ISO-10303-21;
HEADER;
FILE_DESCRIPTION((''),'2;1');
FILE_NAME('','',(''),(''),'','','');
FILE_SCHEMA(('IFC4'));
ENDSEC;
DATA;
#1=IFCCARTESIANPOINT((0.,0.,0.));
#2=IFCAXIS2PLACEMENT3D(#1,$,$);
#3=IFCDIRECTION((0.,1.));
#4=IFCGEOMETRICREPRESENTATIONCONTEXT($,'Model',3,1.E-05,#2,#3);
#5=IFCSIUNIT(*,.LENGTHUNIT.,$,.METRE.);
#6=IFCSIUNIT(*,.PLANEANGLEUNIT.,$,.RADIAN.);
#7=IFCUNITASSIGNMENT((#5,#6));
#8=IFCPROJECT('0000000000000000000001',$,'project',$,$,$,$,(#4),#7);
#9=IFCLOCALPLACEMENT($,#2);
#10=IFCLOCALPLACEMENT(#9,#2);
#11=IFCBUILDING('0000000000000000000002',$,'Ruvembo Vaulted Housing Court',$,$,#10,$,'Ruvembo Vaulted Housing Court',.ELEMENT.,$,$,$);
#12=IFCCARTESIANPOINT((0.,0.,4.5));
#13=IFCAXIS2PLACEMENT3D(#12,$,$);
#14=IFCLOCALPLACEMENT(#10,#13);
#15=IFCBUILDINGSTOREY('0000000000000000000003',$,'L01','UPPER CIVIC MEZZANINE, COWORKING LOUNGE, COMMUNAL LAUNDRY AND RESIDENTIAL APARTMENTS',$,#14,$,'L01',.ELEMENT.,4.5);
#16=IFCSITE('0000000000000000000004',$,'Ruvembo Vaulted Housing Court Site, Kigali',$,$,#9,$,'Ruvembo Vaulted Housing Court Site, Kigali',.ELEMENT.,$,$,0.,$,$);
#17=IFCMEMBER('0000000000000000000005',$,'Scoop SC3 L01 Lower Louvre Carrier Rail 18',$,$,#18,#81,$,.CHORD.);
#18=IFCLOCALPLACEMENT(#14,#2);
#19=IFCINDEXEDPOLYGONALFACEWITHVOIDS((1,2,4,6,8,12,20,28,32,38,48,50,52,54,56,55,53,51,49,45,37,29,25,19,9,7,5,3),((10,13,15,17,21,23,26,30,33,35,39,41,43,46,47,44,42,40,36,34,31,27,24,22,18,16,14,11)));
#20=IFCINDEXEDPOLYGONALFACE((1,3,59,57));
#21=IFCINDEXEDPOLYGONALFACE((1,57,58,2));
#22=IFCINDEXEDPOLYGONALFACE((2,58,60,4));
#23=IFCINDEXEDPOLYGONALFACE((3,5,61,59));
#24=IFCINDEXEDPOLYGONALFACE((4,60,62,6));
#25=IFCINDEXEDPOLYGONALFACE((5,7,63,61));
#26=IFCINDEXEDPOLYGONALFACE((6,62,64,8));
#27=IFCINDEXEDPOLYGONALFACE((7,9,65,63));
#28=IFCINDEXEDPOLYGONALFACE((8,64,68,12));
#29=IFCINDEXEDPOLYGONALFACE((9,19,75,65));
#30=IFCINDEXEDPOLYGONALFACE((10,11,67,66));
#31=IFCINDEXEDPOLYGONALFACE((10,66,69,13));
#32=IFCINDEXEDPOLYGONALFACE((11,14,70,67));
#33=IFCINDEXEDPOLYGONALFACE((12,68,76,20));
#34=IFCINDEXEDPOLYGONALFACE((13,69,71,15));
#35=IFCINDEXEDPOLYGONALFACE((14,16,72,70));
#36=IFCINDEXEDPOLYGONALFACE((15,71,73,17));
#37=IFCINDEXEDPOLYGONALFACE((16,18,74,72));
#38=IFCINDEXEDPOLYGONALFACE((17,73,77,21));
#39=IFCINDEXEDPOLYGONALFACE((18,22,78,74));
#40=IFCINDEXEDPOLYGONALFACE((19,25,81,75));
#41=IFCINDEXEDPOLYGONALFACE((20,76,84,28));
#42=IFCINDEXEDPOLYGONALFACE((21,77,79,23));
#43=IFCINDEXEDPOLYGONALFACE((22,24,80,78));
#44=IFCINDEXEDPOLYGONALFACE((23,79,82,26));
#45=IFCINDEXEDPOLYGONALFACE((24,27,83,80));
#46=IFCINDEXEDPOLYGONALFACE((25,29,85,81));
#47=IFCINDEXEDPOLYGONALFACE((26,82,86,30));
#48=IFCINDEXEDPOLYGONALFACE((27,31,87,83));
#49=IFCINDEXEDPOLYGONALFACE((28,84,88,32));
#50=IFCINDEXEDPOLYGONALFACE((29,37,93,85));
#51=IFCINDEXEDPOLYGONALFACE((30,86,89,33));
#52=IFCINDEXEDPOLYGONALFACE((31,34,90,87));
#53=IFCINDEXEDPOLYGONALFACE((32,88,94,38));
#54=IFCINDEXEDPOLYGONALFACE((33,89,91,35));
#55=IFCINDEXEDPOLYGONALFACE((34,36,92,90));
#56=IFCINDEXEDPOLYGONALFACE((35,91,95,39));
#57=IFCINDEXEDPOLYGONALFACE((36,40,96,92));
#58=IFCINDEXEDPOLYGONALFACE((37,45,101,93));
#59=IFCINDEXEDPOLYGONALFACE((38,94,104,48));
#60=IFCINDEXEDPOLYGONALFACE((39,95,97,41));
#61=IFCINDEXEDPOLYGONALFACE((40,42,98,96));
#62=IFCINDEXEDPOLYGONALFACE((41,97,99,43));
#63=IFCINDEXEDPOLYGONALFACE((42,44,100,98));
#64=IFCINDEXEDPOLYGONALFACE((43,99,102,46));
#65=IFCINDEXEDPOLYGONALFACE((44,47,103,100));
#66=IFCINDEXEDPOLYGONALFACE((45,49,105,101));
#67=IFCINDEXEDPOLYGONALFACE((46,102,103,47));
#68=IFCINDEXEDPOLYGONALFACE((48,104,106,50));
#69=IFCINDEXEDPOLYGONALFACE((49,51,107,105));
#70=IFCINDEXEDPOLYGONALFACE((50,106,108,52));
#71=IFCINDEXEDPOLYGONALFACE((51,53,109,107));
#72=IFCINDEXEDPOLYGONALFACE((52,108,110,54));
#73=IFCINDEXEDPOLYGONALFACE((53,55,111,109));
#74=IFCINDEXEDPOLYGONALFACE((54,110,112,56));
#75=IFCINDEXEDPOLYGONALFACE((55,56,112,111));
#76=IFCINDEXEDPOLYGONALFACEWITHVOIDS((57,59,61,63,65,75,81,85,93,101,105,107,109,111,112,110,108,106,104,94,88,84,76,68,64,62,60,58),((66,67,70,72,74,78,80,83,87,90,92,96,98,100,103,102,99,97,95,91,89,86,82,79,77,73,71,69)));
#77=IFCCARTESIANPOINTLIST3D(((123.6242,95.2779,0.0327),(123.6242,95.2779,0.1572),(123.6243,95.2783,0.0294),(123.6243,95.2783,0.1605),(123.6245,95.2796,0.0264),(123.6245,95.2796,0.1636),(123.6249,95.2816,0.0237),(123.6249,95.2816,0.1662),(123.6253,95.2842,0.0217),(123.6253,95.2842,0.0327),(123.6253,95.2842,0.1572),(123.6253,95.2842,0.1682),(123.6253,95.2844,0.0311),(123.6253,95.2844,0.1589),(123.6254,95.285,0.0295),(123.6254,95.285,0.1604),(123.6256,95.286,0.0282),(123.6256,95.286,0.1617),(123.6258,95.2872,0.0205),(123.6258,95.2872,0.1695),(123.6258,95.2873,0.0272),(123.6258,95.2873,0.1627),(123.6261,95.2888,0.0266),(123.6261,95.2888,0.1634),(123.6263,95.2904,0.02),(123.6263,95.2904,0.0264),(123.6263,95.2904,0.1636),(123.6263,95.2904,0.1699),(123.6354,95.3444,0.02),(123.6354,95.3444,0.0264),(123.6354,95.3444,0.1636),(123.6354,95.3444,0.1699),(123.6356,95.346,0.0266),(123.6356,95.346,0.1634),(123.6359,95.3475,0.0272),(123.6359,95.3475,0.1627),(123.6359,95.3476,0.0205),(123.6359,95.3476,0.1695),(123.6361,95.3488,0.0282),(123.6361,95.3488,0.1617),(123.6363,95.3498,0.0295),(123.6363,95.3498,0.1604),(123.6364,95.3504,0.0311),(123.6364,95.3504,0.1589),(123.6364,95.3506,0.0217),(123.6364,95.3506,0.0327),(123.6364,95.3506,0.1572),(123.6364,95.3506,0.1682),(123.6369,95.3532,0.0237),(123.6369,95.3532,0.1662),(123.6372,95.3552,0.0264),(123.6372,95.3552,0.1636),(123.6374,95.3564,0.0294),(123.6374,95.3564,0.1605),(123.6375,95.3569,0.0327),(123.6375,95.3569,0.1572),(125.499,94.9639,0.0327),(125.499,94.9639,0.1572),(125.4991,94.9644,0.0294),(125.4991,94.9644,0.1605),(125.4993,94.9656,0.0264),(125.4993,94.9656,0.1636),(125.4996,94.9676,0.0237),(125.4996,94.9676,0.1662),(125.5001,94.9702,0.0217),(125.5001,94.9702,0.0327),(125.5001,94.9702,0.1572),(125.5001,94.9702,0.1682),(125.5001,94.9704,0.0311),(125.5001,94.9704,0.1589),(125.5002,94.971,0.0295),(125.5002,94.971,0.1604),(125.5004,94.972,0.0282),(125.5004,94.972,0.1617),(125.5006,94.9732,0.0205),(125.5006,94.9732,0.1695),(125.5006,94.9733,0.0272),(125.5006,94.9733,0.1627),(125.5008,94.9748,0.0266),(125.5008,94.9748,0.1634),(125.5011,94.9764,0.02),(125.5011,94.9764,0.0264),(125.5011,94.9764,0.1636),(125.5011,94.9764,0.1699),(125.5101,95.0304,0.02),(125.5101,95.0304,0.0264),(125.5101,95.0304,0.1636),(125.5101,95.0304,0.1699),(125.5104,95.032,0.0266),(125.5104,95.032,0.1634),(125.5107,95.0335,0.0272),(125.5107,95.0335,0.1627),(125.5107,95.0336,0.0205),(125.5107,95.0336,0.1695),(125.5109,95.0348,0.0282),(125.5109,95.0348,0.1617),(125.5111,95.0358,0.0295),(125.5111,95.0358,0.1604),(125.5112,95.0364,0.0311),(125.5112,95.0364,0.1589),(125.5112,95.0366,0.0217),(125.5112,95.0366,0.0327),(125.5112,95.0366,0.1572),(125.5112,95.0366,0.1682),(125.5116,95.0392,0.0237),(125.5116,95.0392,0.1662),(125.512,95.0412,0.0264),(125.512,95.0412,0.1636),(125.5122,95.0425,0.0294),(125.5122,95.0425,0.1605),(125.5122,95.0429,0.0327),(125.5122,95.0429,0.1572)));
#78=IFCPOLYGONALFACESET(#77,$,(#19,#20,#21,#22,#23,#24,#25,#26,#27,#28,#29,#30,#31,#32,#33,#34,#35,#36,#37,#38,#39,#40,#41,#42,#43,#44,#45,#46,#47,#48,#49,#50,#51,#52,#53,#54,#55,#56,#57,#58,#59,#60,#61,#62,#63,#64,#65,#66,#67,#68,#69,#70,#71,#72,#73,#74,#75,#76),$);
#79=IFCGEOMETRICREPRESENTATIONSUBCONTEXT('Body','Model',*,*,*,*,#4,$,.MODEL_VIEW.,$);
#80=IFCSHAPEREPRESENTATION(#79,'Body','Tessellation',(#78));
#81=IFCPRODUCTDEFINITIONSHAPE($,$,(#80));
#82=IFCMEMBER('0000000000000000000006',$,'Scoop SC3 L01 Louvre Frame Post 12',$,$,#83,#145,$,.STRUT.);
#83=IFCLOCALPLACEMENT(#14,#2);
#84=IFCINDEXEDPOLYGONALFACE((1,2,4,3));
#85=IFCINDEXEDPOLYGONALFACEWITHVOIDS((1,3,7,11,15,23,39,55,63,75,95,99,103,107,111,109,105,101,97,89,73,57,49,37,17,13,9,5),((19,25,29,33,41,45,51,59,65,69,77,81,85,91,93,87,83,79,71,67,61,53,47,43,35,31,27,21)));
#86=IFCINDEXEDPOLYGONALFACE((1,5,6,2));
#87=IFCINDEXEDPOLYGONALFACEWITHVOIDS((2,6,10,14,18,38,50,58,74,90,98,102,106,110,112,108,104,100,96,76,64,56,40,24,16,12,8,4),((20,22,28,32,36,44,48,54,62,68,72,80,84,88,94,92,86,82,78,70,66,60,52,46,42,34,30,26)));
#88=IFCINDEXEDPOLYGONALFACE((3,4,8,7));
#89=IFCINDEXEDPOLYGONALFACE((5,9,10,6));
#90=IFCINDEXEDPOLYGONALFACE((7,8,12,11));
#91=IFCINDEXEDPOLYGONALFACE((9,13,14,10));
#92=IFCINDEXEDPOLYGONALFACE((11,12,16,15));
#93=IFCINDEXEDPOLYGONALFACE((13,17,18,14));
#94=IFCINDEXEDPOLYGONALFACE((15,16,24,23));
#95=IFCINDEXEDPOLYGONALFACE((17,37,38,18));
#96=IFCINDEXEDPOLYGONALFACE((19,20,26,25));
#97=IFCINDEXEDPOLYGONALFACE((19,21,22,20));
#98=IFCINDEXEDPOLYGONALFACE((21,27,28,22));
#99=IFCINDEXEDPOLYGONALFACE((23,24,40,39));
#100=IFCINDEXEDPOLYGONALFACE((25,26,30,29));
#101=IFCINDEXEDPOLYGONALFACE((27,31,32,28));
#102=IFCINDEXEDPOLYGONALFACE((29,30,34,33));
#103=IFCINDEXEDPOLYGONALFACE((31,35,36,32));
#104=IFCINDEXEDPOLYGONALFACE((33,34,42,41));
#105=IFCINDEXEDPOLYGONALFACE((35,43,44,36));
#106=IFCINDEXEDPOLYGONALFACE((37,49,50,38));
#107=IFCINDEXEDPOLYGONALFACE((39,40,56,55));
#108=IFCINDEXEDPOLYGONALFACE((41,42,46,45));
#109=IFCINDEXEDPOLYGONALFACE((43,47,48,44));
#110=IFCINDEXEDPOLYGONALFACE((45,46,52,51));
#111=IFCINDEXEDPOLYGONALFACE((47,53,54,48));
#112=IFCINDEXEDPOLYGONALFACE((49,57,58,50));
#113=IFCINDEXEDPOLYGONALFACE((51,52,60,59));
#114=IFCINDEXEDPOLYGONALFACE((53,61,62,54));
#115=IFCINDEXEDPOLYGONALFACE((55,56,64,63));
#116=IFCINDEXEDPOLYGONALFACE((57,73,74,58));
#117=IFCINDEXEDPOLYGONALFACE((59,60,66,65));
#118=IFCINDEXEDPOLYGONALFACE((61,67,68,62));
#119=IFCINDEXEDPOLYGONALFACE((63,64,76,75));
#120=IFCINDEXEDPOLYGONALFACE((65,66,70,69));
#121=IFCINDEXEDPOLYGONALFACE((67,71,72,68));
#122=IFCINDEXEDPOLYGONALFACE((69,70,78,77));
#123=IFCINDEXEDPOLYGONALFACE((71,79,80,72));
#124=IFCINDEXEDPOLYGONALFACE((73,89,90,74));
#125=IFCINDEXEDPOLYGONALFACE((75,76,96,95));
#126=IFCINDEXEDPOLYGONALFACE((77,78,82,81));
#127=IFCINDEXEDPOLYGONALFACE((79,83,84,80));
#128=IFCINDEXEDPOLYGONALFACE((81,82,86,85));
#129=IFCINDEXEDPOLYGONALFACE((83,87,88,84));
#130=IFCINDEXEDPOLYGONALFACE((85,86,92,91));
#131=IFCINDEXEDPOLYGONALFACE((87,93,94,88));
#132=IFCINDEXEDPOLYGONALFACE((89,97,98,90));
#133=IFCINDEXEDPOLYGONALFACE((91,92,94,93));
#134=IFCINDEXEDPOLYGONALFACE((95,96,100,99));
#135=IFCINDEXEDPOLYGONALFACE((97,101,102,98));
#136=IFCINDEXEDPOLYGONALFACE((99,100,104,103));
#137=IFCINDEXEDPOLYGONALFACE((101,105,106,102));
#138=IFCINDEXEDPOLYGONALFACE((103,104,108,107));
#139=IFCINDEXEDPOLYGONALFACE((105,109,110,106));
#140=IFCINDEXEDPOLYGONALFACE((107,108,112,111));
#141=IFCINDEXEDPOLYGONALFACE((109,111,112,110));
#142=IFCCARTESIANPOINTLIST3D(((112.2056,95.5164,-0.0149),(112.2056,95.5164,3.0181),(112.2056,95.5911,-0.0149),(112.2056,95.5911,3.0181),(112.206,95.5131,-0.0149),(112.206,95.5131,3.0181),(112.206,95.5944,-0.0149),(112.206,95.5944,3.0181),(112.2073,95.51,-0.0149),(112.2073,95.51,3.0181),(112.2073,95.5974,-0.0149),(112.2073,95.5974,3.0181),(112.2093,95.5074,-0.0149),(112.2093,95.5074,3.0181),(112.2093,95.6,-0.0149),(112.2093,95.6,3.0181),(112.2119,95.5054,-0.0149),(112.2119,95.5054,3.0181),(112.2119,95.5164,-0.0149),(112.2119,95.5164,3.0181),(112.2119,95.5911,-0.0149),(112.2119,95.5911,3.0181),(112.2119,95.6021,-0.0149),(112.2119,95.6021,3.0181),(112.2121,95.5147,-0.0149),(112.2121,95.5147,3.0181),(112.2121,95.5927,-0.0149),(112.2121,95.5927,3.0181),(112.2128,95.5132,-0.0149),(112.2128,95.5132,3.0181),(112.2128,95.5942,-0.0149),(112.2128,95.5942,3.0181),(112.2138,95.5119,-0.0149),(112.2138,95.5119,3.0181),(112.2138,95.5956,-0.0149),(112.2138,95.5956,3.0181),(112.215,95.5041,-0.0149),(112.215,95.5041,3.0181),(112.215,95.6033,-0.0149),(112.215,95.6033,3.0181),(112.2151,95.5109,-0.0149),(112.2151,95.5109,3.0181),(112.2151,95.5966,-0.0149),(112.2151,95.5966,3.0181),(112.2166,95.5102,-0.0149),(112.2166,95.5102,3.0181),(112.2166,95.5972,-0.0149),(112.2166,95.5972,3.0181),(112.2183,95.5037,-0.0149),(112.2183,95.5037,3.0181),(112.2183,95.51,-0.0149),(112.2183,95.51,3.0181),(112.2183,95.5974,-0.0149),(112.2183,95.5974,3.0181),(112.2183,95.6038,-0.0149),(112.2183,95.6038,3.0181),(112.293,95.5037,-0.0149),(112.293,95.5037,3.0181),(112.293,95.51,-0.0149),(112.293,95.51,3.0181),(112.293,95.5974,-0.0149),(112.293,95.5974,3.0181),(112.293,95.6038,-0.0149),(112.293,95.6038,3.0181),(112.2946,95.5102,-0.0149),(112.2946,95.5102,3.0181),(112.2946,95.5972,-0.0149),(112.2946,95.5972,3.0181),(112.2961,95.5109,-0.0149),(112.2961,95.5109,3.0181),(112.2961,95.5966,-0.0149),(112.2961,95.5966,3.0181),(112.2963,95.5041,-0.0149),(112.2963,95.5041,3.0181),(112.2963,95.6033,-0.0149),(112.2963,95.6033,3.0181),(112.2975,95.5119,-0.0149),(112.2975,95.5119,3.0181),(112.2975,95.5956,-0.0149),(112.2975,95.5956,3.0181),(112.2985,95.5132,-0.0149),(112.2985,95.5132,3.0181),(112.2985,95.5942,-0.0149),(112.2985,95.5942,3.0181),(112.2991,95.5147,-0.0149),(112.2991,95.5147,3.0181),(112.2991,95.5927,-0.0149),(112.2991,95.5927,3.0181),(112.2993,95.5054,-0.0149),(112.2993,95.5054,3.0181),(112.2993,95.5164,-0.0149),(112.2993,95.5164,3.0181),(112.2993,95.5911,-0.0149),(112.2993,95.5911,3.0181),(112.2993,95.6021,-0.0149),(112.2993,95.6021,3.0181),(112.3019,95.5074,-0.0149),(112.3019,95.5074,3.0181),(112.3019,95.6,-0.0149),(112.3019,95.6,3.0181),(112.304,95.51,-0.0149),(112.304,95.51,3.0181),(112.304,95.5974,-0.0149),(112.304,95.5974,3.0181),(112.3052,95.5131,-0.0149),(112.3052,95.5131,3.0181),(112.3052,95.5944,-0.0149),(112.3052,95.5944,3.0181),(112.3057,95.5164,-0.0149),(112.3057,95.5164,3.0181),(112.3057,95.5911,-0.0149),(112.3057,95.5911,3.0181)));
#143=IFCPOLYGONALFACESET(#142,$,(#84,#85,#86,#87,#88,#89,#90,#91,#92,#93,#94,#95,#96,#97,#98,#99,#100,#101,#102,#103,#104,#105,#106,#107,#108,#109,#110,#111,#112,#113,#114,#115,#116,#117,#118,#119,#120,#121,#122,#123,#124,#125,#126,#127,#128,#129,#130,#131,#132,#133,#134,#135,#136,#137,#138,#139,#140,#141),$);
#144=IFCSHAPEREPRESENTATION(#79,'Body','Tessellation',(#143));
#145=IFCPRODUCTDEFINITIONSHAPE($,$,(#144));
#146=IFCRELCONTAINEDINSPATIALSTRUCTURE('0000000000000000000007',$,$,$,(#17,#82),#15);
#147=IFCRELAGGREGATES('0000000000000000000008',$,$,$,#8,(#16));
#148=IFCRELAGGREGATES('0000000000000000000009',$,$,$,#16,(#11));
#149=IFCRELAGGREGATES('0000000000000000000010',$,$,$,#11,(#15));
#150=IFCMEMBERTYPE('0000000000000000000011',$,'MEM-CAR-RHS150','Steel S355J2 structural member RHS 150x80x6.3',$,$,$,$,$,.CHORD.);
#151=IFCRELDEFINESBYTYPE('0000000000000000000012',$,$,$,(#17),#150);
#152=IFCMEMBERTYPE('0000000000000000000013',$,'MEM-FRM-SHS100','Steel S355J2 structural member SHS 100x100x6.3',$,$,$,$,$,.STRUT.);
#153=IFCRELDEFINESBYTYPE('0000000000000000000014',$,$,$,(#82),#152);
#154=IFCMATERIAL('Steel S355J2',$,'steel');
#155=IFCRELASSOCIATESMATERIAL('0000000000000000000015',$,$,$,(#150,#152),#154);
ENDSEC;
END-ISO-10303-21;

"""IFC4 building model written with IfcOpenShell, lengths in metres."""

from ifc_helpers import new_model, si_unit, direction, frame, origin, origin_2d, place, context, subcontext, project, spatial, hollow_rectangle, extrude, material, material_profile, profile_set, type_object, element, save


model = new_model("IFC4")

# Units and contexts
model_context = context("Model", 3, precision=1e-05, world=origin(), true_north=direction((0.0, 1.0)))
body_context = subcontext(model_context, "Body", "Model", "MODEL_VIEW")
ifc_project = project(units=[si_unit("LENGTHUNIT", "METRE"), si_unit("PLANEANGLEUNIT", "RADIAN")], contexts=[model_context])

# Site, building, storey
site_placement = place(None, origin())
site = spatial("IfcSite", under=ifc_project, at=site_placement, Name="Ruvembo Vaulted Housing Court Site, Kigali", LongName="Ruvembo Vaulted Housing Court Site, Kigali", CompositionType="ELEMENT", RefElevation=0.0)
building_placement = place(site_placement, origin())
building = spatial("IfcBuilding", under=site, at=building_placement, Name="Ruvembo Vaulted Housing Court", LongName="Ruvembo Vaulted Housing Court", CompositionType="ELEMENT")
storey_placement = place(building_placement, frame((0.0, 0.0, 4.5)))
storey = spatial("IfcBuildingStorey", under=building, at=storey_placement, Name="L01", Description="UPPER CIVIC MEZZANINE, COWORKING LOUNGE, COMMUNAL LAUNDRY AND RESIDENTIAL APARTMENTS", LongName="L01", CompositionType="ELEMENT", Elevation=4.5)

# Shared definitions
ifc_material_1 = material(Name="Steel S355J2", Category="steel")

# Members
ifc_material_profile_1 = material_profile(ifc_material_1, hollow_rectangle(XDim=0.0801, YDim=0.1499, WallThickness=0.0063, InnerFilletRadius=0.0063, OuterFilletRadius=0.0127, at=origin_2d()), Name="RHS 150x80x6.3")
ifc_profile_set_1 = profile_set([ifc_material_profile_1], Name="Steel S355J2")
member_type_1 = type_object("IfcMemberType", Name="MEM-CAR-RHS150", Description="Steel S355J2 structural member RHS 150x80x6.3", PredefinedType="CHORD", material=ifc_profile_set_1)
member_1_placement = place(storey_placement, frame((123.6309, 95.3174, 0.095), z_axis=(0.986265, -0.16517, 0.0), x_axis=(0.16517, 0.986265, 0.0)))
element("IfcMember", 1, at=member_1_placement, inside=storey, type_object=member_type_1, Name="Scoop SC3 L01 Lower Louvre Carrier Rail 18", PredefinedType="CHORD", context=body_context, shape_type="SweptSolid", body=[
    extrude(hollow_rectangle(XDim=0.0801, YDim=0.1499, WallThickness=0.0063, InnerFilletRadius=0.0063, OuterFilletRadius=0.0127, at=origin_2d()), origin(), (0.0, 0.0, 1.0), 1.9009),
])
ifc_material_profile_2 = material_profile(ifc_material_1, hollow_rectangle(XDim=0.1001, YDim=0.1001, WallThickness=0.0063, InnerFilletRadius=0.0063, OuterFilletRadius=0.0127, at=origin_2d()), Name="SHS 100x100x6.3")
ifc_profile_set_2 = profile_set([ifc_material_profile_2], Name="Steel S355J2")
member_type_2 = type_object("IfcMemberType", Name="MEM-FRM-SHS100", Description="Steel S355J2 structural member SHS 100x100x6.3", PredefinedType="STRUT", material=ifc_profile_set_2)
for number, where, z_axis, x_axis, name in (
    (2, (112.2556, 95.5537, -0.0149), (0.0, 0.0, 1.0), (1.0, 0.0, 0.0), "Scoop SC3 L01 Louvre Frame Post 12"),
):
    element("IfcMember", number, at=place(storey_placement, frame(where, z_axis=z_axis, x_axis=x_axis)), inside=storey, type_object=member_type_2, Name=name, PredefinedType="STRUT", context=body_context, shape_type="SweptSolid", body=[
        extrude(hollow_rectangle(XDim=0.1001, YDim=0.1001, WallThickness=0.0063, InnerFilletRadius=0.0063, OuterFilletRadius=0.0127, at=origin_2d()), origin(), (0.0, 0.0, 1.0), 3.033),
    ])

save(model, "model.ifc")
